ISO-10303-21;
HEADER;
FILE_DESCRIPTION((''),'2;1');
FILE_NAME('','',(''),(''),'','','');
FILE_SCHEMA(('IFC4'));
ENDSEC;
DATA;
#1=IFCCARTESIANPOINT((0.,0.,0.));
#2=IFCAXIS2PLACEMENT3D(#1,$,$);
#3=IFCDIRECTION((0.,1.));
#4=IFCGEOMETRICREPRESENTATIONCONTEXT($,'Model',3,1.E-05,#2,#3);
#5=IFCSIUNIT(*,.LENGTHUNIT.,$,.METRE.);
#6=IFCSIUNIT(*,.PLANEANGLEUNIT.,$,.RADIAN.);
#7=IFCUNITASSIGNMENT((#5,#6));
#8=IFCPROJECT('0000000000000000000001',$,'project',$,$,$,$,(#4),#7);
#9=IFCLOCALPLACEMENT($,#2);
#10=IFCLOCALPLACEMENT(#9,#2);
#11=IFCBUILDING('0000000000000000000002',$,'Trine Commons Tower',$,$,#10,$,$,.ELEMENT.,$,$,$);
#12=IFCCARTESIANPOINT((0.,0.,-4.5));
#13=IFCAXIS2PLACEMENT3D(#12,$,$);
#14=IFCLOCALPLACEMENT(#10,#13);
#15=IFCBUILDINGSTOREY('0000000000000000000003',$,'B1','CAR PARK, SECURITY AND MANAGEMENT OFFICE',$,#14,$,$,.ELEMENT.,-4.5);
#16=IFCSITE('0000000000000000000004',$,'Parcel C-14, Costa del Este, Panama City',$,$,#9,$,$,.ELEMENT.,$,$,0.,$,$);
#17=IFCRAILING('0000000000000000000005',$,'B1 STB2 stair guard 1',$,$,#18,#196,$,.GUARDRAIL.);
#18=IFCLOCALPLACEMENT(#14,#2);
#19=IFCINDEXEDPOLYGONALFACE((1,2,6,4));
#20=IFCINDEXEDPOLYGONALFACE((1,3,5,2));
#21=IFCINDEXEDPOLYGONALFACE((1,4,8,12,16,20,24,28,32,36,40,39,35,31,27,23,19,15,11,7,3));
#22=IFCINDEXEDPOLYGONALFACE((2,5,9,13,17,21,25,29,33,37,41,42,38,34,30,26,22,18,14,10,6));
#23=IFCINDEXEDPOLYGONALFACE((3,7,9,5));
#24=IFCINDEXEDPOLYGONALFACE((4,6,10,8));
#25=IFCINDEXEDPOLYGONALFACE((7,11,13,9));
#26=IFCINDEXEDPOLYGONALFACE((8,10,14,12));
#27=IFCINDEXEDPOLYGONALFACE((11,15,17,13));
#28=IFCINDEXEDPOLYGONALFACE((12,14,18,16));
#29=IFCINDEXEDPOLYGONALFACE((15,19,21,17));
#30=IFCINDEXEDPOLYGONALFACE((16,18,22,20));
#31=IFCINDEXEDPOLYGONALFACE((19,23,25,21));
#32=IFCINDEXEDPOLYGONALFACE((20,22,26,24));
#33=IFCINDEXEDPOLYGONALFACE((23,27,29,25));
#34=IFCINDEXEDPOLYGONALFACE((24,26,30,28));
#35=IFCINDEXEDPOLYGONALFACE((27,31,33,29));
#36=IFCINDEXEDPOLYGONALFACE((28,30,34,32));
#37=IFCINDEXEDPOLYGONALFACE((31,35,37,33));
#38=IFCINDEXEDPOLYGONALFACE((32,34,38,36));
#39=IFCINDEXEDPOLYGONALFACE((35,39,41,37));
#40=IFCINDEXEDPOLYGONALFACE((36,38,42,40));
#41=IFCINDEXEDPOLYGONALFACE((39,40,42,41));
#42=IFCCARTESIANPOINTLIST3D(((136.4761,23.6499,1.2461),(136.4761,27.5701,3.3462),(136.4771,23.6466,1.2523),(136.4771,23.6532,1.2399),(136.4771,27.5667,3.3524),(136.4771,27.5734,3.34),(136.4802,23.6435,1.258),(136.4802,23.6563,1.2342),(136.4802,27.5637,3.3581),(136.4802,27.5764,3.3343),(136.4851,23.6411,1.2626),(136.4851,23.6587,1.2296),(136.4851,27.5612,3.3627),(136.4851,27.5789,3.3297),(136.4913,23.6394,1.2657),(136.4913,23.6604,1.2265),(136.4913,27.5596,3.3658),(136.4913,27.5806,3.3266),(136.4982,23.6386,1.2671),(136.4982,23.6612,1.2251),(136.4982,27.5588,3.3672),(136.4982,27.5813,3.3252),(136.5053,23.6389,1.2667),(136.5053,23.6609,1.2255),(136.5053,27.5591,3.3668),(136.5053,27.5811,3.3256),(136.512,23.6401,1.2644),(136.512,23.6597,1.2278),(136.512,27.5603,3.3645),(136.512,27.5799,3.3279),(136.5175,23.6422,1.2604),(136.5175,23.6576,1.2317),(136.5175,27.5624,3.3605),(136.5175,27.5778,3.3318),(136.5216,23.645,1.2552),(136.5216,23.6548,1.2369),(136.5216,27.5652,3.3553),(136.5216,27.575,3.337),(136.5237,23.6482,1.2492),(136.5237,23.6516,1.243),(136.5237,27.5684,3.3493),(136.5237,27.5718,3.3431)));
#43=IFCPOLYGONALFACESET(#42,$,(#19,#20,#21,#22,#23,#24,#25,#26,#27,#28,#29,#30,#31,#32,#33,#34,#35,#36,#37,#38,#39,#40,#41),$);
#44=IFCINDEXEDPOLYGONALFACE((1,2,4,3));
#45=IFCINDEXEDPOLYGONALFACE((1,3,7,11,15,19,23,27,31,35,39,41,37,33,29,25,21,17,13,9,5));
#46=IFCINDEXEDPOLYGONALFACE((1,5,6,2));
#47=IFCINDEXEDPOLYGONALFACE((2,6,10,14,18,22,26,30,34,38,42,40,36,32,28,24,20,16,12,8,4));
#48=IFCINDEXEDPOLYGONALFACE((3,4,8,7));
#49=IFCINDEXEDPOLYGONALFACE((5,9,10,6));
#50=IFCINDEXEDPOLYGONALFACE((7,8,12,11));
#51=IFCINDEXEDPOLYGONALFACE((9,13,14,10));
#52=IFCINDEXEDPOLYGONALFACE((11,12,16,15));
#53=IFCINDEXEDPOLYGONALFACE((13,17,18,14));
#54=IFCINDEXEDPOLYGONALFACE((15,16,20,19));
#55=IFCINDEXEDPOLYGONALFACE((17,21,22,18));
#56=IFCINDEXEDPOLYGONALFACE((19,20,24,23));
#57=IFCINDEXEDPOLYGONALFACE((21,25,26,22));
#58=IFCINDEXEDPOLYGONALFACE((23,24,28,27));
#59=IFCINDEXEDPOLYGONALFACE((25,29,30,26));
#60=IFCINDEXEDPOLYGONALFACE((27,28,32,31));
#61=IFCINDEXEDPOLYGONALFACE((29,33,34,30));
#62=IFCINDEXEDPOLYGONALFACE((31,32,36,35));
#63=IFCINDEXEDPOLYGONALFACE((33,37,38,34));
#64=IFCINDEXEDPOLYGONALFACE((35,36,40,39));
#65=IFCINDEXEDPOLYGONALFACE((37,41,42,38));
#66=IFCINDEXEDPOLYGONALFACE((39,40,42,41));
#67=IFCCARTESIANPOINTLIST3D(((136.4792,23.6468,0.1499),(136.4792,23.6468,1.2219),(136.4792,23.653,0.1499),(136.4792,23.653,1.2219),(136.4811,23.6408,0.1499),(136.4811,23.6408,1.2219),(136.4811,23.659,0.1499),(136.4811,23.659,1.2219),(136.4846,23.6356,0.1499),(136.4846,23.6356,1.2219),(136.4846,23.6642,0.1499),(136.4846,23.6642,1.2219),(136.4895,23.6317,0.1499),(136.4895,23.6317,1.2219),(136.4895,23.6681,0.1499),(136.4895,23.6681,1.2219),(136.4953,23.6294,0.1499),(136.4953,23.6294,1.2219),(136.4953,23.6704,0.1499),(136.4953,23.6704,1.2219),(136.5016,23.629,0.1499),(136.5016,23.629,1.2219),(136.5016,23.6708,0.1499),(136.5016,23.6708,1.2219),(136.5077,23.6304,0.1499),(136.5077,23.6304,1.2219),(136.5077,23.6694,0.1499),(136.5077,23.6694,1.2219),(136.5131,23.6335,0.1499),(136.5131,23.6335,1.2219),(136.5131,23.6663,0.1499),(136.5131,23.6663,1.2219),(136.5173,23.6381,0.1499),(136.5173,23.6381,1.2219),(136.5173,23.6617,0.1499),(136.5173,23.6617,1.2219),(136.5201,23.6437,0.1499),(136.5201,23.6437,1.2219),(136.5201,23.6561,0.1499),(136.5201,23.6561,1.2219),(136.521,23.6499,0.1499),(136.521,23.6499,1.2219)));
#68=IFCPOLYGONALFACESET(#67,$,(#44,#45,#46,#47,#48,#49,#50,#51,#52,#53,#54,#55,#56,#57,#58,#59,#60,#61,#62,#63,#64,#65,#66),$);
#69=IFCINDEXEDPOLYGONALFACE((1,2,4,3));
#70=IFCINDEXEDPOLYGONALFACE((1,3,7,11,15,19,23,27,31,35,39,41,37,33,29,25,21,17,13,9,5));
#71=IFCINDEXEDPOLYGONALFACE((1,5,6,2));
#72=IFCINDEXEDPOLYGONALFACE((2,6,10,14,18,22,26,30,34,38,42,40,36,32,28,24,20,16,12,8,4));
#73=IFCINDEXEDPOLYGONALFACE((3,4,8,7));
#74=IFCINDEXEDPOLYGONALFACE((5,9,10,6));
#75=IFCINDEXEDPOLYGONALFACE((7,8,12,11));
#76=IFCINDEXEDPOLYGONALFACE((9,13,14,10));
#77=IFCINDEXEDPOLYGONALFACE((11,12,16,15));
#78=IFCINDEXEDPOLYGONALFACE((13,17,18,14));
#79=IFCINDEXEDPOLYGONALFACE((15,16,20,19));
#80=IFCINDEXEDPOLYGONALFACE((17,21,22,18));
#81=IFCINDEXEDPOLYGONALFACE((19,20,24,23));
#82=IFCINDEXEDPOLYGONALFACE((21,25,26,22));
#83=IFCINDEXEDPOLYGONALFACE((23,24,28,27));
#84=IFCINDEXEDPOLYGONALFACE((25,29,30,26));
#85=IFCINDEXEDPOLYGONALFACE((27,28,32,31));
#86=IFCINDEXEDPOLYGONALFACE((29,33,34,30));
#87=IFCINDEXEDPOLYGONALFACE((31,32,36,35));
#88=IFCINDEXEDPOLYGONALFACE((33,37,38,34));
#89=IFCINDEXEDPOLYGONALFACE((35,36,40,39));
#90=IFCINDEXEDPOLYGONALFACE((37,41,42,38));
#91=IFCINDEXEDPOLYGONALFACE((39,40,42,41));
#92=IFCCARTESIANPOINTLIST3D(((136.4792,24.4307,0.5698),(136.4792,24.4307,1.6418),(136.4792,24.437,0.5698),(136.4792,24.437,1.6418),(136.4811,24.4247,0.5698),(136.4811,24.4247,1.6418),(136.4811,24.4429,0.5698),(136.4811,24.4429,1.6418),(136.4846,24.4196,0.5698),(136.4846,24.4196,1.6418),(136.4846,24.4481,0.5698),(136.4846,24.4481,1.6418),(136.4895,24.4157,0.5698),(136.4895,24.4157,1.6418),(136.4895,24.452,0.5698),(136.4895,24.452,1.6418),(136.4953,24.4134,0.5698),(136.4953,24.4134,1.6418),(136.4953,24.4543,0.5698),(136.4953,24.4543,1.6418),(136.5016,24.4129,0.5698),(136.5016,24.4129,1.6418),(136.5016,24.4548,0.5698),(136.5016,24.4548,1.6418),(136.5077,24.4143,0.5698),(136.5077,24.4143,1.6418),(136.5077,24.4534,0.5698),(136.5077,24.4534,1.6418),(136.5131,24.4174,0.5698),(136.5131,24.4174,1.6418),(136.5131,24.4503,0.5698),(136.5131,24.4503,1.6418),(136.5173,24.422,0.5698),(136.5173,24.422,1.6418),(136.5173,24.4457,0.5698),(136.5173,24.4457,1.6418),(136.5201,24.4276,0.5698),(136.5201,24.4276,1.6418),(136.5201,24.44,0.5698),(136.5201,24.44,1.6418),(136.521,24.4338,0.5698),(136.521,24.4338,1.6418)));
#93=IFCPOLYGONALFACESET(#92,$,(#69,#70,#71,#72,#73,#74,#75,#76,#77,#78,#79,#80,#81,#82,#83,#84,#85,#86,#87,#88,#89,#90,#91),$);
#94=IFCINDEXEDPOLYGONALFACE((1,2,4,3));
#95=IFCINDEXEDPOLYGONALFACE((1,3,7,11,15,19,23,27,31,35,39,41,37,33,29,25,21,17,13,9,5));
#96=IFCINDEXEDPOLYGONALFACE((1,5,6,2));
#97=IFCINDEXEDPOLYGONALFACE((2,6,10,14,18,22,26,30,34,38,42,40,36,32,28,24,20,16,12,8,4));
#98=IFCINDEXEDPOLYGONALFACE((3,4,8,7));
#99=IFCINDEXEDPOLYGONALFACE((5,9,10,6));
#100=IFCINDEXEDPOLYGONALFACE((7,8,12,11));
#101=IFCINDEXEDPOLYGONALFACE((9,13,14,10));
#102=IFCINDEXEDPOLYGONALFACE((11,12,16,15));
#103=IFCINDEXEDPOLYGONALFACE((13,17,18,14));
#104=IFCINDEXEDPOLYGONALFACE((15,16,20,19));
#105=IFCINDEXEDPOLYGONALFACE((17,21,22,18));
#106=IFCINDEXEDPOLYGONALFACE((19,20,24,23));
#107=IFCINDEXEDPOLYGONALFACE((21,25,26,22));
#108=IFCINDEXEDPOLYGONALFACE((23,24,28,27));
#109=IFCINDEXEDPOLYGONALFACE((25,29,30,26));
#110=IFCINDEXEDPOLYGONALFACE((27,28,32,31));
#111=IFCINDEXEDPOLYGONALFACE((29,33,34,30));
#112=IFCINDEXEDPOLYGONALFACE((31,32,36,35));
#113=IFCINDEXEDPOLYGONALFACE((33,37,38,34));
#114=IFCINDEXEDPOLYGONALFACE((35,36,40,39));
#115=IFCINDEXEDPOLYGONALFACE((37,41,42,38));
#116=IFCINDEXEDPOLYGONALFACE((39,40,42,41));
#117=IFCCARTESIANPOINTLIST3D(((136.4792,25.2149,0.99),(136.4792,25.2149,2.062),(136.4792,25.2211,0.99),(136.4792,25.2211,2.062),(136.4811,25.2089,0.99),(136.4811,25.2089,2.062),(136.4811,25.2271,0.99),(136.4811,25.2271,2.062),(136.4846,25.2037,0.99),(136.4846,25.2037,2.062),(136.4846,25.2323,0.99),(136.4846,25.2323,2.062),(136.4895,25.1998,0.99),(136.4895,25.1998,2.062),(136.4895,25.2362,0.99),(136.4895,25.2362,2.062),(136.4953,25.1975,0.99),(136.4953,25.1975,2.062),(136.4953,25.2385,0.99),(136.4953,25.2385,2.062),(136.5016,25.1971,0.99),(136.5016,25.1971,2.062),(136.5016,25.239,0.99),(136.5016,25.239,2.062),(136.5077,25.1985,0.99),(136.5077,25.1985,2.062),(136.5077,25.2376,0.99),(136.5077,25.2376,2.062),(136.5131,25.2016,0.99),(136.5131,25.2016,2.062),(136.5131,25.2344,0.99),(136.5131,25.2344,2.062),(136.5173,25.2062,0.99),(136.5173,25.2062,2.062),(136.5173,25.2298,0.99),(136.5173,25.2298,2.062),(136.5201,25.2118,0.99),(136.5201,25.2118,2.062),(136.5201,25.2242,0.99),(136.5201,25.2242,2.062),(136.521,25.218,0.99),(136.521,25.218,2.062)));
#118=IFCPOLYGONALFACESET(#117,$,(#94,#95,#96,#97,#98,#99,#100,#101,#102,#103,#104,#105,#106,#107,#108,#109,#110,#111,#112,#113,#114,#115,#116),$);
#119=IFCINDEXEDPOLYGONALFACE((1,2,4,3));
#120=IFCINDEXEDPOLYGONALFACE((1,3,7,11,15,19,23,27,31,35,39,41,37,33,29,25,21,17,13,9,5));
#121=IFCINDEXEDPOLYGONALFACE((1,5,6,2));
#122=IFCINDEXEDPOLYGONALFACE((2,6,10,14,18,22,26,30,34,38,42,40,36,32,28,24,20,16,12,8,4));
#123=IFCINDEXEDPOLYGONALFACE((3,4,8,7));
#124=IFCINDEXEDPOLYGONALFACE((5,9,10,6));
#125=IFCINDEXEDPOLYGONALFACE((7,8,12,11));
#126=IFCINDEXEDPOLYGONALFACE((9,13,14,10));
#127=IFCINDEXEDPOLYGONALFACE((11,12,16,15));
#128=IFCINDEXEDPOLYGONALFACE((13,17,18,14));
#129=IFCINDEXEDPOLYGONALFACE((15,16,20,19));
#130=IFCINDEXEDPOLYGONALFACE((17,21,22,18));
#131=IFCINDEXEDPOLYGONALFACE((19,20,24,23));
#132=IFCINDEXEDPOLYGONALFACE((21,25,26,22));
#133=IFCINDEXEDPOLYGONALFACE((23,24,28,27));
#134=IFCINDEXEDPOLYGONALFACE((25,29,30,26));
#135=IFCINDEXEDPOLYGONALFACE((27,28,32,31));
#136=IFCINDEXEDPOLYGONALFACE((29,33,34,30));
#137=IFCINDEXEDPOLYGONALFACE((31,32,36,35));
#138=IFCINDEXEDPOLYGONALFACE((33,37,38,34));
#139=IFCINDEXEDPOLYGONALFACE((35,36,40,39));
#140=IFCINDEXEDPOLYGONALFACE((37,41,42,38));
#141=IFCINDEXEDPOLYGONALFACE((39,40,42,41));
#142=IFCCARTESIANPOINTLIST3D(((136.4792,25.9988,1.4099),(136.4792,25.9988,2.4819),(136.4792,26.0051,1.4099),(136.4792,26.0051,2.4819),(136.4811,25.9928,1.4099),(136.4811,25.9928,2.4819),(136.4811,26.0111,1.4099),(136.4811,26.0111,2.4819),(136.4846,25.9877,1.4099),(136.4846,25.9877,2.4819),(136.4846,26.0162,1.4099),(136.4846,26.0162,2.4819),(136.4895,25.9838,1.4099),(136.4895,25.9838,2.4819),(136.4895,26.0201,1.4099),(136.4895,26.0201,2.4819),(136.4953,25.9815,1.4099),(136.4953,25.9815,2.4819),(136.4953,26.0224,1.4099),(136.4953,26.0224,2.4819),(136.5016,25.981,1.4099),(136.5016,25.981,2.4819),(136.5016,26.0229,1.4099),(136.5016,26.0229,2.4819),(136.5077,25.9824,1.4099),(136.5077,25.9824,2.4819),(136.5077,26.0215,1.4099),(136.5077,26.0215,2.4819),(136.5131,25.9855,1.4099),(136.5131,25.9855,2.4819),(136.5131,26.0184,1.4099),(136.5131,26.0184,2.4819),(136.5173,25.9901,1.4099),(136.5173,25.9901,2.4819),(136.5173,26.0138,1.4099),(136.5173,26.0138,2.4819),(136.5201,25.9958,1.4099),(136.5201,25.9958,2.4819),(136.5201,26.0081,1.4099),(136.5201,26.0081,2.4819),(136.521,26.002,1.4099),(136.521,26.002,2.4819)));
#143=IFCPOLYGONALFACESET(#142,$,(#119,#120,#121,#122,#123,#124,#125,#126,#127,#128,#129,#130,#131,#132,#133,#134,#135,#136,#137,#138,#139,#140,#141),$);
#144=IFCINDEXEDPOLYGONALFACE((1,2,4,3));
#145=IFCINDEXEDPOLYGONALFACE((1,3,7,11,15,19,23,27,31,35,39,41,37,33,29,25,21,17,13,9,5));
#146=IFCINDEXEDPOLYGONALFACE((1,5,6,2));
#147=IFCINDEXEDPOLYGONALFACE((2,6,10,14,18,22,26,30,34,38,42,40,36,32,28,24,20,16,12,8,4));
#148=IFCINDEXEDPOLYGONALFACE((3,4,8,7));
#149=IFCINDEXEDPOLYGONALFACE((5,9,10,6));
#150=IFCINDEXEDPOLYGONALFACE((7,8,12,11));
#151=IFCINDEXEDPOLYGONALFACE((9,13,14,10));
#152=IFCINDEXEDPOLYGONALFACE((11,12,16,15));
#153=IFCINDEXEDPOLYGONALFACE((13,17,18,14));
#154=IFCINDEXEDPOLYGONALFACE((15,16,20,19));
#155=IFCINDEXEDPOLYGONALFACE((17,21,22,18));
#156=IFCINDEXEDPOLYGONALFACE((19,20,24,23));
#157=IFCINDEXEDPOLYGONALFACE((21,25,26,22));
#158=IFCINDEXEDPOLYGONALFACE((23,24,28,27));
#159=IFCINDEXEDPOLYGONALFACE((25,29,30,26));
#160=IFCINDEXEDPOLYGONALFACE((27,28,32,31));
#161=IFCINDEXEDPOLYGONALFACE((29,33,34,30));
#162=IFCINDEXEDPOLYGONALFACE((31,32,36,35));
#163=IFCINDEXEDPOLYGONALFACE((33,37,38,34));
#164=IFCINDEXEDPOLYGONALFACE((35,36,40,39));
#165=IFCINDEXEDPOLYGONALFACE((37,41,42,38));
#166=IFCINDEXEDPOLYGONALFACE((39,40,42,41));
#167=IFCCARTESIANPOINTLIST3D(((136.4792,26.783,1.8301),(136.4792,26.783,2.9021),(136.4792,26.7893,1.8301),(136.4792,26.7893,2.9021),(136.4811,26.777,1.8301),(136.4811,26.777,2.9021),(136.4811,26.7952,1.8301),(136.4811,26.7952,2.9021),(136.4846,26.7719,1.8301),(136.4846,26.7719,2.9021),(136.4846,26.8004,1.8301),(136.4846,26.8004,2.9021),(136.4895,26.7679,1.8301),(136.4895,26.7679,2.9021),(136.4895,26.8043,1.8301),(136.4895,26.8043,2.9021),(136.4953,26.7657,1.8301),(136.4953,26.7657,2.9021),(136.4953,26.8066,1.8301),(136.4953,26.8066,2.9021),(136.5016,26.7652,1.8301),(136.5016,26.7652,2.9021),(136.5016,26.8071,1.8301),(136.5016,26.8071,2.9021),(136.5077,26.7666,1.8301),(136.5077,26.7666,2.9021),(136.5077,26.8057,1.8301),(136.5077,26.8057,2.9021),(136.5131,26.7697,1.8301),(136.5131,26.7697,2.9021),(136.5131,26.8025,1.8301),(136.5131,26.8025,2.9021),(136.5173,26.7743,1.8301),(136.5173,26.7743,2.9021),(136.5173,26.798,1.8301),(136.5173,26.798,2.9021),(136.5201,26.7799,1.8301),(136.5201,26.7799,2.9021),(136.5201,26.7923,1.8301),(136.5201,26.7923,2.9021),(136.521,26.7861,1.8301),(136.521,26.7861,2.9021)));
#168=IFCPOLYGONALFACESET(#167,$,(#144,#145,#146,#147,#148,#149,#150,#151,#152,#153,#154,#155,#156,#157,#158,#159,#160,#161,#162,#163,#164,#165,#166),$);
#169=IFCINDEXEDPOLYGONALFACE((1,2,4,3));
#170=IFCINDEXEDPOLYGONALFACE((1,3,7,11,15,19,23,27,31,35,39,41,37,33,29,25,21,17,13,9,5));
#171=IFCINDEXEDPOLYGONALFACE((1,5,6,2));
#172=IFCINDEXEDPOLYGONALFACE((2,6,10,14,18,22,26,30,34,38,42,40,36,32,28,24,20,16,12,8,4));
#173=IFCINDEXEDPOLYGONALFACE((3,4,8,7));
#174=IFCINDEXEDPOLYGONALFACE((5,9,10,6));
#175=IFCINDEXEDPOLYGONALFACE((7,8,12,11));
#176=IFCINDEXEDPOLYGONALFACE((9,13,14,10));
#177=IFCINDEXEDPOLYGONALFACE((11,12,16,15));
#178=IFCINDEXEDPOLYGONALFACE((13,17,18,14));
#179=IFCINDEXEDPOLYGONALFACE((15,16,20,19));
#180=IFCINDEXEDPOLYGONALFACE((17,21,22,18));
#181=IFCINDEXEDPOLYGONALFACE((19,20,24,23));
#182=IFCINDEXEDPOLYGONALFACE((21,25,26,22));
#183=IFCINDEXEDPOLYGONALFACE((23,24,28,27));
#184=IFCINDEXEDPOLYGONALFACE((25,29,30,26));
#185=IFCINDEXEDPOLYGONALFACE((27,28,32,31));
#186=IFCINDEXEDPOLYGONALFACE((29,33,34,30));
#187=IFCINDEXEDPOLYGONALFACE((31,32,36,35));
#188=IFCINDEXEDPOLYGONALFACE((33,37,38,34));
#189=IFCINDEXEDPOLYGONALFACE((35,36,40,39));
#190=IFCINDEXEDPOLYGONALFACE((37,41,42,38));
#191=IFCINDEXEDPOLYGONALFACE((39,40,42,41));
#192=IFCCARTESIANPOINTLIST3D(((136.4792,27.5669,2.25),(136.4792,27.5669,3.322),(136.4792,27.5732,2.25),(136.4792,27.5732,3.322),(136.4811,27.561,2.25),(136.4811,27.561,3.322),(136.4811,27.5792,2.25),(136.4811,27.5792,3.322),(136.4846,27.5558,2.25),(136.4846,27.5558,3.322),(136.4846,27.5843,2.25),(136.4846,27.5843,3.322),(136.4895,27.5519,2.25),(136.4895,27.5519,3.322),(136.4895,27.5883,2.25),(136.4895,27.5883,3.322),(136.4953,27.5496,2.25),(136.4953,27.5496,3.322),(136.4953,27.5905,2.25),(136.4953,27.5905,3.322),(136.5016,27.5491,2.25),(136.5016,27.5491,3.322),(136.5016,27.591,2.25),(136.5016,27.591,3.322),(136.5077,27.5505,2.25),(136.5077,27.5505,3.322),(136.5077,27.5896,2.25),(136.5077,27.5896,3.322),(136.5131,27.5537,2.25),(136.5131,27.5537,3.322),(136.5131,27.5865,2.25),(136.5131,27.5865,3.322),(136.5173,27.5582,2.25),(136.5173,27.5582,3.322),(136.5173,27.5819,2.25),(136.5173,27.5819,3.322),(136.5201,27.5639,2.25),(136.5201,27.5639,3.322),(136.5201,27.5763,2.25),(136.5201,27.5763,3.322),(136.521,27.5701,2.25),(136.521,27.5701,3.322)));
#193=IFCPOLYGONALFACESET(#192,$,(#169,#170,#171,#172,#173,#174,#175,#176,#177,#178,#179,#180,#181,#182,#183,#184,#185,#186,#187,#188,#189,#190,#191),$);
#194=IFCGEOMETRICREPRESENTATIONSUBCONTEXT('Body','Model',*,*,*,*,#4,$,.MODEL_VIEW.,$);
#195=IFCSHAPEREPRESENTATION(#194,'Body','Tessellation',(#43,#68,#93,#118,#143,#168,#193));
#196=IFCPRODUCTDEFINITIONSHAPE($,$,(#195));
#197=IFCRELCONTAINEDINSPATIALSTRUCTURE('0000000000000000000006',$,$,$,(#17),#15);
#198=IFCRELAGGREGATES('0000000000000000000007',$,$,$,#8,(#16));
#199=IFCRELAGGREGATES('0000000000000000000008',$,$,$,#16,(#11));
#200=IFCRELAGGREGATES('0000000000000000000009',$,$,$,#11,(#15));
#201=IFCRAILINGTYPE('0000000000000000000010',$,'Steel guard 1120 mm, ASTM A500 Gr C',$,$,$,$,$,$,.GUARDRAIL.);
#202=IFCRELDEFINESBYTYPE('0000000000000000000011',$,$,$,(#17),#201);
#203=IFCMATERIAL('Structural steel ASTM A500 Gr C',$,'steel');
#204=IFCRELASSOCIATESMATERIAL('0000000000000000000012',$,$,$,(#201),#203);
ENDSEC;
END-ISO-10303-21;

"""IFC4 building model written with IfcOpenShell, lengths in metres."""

from ifc_helpers import new_model, si_unit, direction, frame, origin, origin_2d, place, context, subcontext, project, spatial, circle, extrude, material, type_object, element, save


model = new_model("IFC4")

# Units and contexts
model_context = context("Model", 3, precision=1e-05, world=origin(), true_north=direction((0.0, 1.0)))
body_context = subcontext(model_context, "Body", "Model", "MODEL_VIEW")
ifc_project = project(units=[si_unit("LENGTHUNIT", "METRE"), si_unit("PLANEANGLEUNIT", "RADIAN")], contexts=[model_context])

# Site, building, storey
site_placement = place(None, origin())
site = spatial("IfcSite", under=ifc_project, at=site_placement, Name="Parcel C-14, Costa del Este, Panama City", CompositionType="ELEMENT", RefElevation=0.0)
building_placement = place(site_placement, origin())
building = spatial("IfcBuilding", under=site, at=building_placement, Name="Trine Commons Tower", CompositionType="ELEMENT")
storey_placement = place(building_placement, frame((0.0, 0.0, -4.5)))
storey = spatial("IfcBuildingStorey", under=building, at=storey_placement, Name="B1", Description="CAR PARK, SECURITY AND MANAGEMENT OFFICE", CompositionType="ELEMENT", Elevation=-4.5)

# Railing
ifc_material_1 = material(Name="Structural steel ASTM A500 Gr C", Category="steel")
railing_type_1 = type_object("IfcRailingType", Name="Steel guard 1120 mm, ASTM A500 Gr C", PredefinedType="GUARDRAIL", material=ifc_material_1)
railing_1_placement = place(storey_placement, frame((136.5, 23.6499, 0.1499)))
element("IfcRailing", 1, at=railing_1_placement, inside=storey, type_object=railing_type_1, Name="B1 STB2 stair guard 1", PredefinedType="GUARDRAIL", context=body_context, shape_type="SweptSolid", body=[
    extrude(circle(Radius=0.0239, at=origin_2d()), frame((0.0, 0.0, 1.0962), z_axis=(0.0, 0.881479, 0.472223), x_axis=(-1.0, 0.0, 0.0)), (0.0, 0.0, 1.0), 4.4473),
    extrude(circle(Radius=0.021, at=origin_2d()), origin(), (0.0, 0.0, 1.0), 1.072),
    extrude(circle(Radius=0.021, at=origin_2d()), frame((0.0, 0.7839, 0.4199)), (0.0, 0.0, 1.0), 1.072),
    extrude(circle(Radius=0.021, at=origin_2d()), frame((0.0, 1.5681, 0.8401)), (0.0, 0.0, 1.0), 1.072),
    extrude(circle(Radius=0.021, at=origin_2d()), frame((0.0, 2.3521, 1.26)), (0.0, 0.0, 1.0), 1.072),
    extrude(circle(Radius=0.021, at=origin_2d()), frame((0.0, 3.1362, 1.6802)), (0.0, 0.0, 1.0), 1.072),
    extrude(circle(Radius=0.021, at=origin_2d()), frame((0.0, 3.9202, 2.1001)), (0.0, 0.0, 1.0), 1.072),
])

save(model, "model.ifc")
